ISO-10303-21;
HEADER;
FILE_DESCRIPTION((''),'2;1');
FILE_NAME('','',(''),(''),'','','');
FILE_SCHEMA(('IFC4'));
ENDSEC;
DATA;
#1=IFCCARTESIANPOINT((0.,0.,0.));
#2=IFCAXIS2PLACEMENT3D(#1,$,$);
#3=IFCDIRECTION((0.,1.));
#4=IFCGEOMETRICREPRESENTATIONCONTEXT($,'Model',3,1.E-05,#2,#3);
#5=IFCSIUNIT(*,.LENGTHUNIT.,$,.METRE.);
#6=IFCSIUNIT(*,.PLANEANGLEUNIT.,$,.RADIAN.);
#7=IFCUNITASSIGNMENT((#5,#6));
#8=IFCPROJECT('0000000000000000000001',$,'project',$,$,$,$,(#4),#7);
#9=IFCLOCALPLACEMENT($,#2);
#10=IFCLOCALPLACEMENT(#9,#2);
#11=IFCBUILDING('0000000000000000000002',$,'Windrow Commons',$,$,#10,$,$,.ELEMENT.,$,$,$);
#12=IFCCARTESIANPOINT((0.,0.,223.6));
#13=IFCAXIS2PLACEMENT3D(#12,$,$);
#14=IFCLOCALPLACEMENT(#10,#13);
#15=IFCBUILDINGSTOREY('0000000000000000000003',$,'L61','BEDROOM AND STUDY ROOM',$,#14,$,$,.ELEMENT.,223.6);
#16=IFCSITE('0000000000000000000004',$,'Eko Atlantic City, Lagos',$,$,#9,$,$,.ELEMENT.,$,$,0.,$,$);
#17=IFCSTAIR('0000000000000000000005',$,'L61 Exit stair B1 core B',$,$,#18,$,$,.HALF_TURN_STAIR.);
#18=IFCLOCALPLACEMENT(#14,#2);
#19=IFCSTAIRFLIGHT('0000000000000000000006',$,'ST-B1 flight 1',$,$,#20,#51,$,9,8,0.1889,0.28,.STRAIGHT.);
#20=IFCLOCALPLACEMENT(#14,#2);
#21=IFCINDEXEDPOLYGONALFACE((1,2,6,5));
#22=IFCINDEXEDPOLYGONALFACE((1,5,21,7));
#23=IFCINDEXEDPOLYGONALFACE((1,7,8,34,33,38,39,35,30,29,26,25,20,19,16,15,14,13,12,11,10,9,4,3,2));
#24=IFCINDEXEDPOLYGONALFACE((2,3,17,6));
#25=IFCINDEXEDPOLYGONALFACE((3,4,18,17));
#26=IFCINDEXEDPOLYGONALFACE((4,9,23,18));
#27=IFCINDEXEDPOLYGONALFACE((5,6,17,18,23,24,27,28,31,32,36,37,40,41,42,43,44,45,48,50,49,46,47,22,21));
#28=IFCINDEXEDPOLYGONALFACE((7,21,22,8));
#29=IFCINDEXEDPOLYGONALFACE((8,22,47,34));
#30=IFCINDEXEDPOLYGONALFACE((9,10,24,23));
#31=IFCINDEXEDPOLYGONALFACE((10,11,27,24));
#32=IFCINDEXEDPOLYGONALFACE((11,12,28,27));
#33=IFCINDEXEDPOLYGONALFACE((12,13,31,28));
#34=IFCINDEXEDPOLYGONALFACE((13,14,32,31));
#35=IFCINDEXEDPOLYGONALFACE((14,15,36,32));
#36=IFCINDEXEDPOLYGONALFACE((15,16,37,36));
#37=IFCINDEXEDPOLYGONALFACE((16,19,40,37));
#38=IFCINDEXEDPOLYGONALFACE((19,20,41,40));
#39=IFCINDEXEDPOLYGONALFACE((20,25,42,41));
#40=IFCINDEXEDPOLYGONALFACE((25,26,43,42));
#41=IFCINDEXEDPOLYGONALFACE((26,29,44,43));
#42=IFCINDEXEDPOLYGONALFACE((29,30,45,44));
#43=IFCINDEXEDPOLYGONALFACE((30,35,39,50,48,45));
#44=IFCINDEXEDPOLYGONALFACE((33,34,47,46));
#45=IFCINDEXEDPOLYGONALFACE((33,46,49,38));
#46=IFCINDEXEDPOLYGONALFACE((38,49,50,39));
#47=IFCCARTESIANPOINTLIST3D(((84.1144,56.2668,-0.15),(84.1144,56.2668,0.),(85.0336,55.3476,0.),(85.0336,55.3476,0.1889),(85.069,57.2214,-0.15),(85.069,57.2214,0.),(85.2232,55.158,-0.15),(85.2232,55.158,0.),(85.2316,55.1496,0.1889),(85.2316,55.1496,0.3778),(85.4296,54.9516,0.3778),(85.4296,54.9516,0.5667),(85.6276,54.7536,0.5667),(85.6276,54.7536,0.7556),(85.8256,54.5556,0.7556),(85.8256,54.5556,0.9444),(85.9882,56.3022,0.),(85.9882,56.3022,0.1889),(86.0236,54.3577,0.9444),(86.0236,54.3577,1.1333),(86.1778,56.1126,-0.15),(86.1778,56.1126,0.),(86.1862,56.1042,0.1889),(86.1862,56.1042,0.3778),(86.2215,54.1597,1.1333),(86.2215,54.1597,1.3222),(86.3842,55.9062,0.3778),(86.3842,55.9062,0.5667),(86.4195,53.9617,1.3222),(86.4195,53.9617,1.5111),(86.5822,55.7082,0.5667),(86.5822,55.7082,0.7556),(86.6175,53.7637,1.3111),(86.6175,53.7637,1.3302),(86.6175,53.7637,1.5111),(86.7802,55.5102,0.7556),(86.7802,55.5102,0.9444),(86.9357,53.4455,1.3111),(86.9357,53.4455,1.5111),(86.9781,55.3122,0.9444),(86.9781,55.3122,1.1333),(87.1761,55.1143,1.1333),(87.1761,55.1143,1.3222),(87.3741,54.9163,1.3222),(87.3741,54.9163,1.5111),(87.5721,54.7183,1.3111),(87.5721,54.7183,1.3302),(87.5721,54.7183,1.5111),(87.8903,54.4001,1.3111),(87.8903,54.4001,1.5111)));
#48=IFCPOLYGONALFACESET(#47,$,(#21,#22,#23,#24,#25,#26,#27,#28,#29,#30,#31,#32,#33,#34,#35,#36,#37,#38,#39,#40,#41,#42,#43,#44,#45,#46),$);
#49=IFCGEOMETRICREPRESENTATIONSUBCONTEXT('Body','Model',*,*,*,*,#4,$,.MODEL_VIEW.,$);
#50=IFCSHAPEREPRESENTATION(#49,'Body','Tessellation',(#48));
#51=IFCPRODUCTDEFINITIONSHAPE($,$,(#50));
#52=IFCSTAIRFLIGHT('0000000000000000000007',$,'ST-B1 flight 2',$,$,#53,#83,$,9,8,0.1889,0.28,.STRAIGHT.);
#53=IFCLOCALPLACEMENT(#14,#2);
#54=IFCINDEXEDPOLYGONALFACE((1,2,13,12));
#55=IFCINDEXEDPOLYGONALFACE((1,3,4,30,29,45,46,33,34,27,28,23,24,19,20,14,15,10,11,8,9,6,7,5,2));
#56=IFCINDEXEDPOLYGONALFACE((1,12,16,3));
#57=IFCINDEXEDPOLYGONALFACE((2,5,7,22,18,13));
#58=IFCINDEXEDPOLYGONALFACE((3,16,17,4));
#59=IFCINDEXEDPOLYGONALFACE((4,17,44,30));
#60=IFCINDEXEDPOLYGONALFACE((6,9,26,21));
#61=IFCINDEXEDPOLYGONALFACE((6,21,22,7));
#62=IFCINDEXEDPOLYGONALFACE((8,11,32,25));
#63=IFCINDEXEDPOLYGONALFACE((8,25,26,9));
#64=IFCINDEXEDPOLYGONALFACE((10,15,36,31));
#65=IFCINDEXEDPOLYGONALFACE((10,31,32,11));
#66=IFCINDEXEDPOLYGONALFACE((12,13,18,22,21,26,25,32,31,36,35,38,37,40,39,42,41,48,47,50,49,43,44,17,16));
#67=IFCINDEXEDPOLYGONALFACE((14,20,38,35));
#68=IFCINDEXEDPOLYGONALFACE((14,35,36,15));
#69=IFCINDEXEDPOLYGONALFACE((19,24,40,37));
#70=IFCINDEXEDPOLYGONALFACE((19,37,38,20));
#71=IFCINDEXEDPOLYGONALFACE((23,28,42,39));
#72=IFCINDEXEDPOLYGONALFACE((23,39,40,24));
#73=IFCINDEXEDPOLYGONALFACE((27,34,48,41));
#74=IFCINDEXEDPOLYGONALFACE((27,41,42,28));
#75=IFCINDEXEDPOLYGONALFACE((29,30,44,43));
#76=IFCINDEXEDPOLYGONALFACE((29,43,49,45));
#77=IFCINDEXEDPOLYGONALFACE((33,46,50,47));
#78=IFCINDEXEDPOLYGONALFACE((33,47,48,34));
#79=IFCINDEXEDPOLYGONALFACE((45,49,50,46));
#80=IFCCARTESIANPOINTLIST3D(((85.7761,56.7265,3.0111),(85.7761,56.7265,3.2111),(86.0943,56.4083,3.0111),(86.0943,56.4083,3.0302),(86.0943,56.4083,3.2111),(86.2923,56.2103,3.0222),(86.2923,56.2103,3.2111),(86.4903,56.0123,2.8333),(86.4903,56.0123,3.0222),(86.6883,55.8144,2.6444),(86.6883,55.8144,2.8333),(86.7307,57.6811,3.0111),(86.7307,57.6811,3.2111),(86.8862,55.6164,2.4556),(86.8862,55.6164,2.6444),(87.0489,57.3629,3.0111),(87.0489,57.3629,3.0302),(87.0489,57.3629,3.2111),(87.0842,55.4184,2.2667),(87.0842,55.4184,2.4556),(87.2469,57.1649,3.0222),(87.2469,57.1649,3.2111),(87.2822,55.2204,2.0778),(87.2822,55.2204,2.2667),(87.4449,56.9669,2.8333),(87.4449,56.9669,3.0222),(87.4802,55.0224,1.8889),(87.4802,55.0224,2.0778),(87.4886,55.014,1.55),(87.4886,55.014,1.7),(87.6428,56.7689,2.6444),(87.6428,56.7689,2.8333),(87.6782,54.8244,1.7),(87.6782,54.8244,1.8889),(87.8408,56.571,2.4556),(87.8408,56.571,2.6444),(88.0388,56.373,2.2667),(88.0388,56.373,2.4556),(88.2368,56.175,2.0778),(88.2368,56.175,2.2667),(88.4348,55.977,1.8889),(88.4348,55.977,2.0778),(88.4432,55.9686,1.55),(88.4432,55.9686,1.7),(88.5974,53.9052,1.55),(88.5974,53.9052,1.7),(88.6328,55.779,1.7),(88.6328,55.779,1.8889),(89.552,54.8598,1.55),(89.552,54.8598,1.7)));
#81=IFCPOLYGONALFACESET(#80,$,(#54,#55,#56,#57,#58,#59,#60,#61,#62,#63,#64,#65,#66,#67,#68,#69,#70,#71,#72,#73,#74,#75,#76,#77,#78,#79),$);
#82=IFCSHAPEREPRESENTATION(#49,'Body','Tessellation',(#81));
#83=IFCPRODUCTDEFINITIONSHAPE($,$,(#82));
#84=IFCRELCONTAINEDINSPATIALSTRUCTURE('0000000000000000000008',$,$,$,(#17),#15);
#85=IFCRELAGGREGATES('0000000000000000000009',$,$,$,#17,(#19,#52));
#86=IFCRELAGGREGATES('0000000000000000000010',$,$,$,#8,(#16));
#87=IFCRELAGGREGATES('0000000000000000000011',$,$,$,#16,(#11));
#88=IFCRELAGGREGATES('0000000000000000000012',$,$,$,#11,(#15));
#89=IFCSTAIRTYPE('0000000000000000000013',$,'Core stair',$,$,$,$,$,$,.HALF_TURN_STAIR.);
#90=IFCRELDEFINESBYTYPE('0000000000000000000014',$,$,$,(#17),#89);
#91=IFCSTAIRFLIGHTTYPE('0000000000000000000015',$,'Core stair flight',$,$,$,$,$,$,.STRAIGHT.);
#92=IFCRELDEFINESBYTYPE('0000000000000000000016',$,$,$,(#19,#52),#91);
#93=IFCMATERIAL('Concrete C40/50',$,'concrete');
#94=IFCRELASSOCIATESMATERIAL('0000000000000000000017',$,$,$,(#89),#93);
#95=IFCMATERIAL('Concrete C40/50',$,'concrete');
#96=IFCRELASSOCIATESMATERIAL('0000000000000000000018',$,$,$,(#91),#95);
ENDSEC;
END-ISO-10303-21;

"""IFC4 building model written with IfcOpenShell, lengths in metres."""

from ifc_helpers import new_model, si_unit, direction, frame, origin, place, context, subcontext, project, spatial, polyline, outline, extrude, material, type_object, element, aggregate, save


model = new_model("IFC4")

# Units and contexts
model_context = context("Model", 3, precision=1e-05, world=origin(), true_north=direction((0.0, 1.0)))
body_context = subcontext(model_context, "Body", "Model", "MODEL_VIEW")
ifc_project = project(units=[si_unit("LENGTHUNIT", "METRE"), si_unit("PLANEANGLEUNIT", "RADIAN")], contexts=[model_context])

# Site, building, storey
site_placement = place(None, origin())
site = spatial("IfcSite", under=ifc_project, at=site_placement, Name="Eko Atlantic City, Lagos", CompositionType="ELEMENT", RefElevation=0.0)
building_placement = place(site_placement, origin())
building = spatial("IfcBuilding", under=site, at=building_placement, Name="Windrow Commons", CompositionType="ELEMENT")
storey_placement = place(building_placement, frame((0.0, 0.0, 223.6)))
storey = spatial("IfcBuildingStorey", under=building, at=storey_placement, Name="L61", Description="BEDROOM AND STUDY ROOM", CompositionType="ELEMENT", Elevation=223.6)

# Stair, stair flights
ifc_material_1 = material(Name="Concrete C40/50", Category="concrete")
stair_type = type_object("IfcStairType", Name="Core stair", PredefinedType="HALF_TURN_STAIR", material=ifc_material_1)
stair_placement = place(storey_placement, origin())
stair = element("IfcStair", 1, at=stair_placement, inside=storey, type_object=stair_type, Name="L61 Exit stair B1 core B", PredefinedType="HALF_TURN_STAIR")
ifc_material_2 = material(Name="Concrete C40/50", Category="concrete")
stair_flight_type = type_object("IfcStairFlightType", Name="Core stair flight", PredefinedType="STRAIGHT", material=ifc_material_2)
stair_flight_1_placement = place(storey_placement, frame((85.5109, 55.8249, 0.0), z_axis=(0.0, 0.0, 1.0), x_axis=(0.707107, -0.707107, 0.0)))
stair_flight_1 = element("IfcStairFlight", 2, at=stair_flight_1_placement, type_object=stair_flight_type, Name="ST-B1 flight 1", NumberOfRisers=9, NumberOfTreads=8, PredefinedType="STRAIGHT", RiserHeight=0.1889, TreadLength=0.28, context=body_context, shape_type="SweptSolid", body=[
    extrude(outline(polyline([(-1.3, -0.15), (-1.3, 0.0), (0.0, 0.0), (0.0, 0.1889), (0.28, 0.1889), (0.28, 0.3778), (0.56, 0.3778), (0.56, 0.5667), (0.84, 0.5667), (0.84, 0.7556), (1.12, 0.7556), (1.12, 0.9444), (1.4, 0.9444), (1.4, 1.1333), (1.68, 1.1333), (1.68, 1.3222), (1.96, 1.3222), (1.96, 1.5111), (2.24, 1.5111), (2.69, 1.5111), (2.69, 1.3111), (2.24, 1.3111), (2.24, 1.3302), (0.2682, 0.0), (0.2682, -0.15), (-1.3, -0.15)])), frame((0.0, 0.675, 0.0), z_axis=(0.0, -1.0, 0.0), x_axis=(1.0, 0.0, 0.0)), (0.0, 0.0, 1.0), 1.35),
])
stair_flight_2_placement = place(storey_placement, frame((88.1555, 55.3017, 1.7), z_axis=(0.0, 0.0, 1.0), x_axis=(-0.707107, 0.707107, 0.0)))
stair_flight_2 = element("IfcStairFlight", 3, at=stair_flight_2_placement, type_object=stair_flight_type, Name="ST-B1 flight 2", NumberOfRisers=9, NumberOfTreads=8, PredefinedType="STRAIGHT", RiserHeight=0.1889, TreadLength=0.28, context=body_context, shape_type="SweptSolid", body=[
    extrude(outline(polyline([(-1.3, -0.15), (-1.3, 0.0), (0.0, 0.0), (0.0, 0.1889), (0.28, 0.1889), (0.28, 0.3778), (0.56, 0.3778), (0.56, 0.5667), (0.84, 0.5667), (0.84, 0.7556), (1.12, 0.7556), (1.12, 0.9444), (1.4, 0.9444), (1.4, 1.1333), (1.68, 1.1333), (1.68, 1.3222), (1.96, 1.3222), (1.96, 1.5111), (2.24, 1.5111), (2.69, 1.5111), (2.69, 1.3111), (2.24, 1.3111), (2.24, 1.3302), (0.2682, 0.0), (0.2682, -0.15), (-1.3, -0.15)])), frame((0.0, 0.675, 0.0), z_axis=(0.0, -1.0, 0.0), x_axis=(1.0, 0.0, 0.0)), (0.0, 0.0, 1.0), 1.35),
])
aggregate(stair, [stair_flight_1, stair_flight_2])

save(model, "model.ifc")
